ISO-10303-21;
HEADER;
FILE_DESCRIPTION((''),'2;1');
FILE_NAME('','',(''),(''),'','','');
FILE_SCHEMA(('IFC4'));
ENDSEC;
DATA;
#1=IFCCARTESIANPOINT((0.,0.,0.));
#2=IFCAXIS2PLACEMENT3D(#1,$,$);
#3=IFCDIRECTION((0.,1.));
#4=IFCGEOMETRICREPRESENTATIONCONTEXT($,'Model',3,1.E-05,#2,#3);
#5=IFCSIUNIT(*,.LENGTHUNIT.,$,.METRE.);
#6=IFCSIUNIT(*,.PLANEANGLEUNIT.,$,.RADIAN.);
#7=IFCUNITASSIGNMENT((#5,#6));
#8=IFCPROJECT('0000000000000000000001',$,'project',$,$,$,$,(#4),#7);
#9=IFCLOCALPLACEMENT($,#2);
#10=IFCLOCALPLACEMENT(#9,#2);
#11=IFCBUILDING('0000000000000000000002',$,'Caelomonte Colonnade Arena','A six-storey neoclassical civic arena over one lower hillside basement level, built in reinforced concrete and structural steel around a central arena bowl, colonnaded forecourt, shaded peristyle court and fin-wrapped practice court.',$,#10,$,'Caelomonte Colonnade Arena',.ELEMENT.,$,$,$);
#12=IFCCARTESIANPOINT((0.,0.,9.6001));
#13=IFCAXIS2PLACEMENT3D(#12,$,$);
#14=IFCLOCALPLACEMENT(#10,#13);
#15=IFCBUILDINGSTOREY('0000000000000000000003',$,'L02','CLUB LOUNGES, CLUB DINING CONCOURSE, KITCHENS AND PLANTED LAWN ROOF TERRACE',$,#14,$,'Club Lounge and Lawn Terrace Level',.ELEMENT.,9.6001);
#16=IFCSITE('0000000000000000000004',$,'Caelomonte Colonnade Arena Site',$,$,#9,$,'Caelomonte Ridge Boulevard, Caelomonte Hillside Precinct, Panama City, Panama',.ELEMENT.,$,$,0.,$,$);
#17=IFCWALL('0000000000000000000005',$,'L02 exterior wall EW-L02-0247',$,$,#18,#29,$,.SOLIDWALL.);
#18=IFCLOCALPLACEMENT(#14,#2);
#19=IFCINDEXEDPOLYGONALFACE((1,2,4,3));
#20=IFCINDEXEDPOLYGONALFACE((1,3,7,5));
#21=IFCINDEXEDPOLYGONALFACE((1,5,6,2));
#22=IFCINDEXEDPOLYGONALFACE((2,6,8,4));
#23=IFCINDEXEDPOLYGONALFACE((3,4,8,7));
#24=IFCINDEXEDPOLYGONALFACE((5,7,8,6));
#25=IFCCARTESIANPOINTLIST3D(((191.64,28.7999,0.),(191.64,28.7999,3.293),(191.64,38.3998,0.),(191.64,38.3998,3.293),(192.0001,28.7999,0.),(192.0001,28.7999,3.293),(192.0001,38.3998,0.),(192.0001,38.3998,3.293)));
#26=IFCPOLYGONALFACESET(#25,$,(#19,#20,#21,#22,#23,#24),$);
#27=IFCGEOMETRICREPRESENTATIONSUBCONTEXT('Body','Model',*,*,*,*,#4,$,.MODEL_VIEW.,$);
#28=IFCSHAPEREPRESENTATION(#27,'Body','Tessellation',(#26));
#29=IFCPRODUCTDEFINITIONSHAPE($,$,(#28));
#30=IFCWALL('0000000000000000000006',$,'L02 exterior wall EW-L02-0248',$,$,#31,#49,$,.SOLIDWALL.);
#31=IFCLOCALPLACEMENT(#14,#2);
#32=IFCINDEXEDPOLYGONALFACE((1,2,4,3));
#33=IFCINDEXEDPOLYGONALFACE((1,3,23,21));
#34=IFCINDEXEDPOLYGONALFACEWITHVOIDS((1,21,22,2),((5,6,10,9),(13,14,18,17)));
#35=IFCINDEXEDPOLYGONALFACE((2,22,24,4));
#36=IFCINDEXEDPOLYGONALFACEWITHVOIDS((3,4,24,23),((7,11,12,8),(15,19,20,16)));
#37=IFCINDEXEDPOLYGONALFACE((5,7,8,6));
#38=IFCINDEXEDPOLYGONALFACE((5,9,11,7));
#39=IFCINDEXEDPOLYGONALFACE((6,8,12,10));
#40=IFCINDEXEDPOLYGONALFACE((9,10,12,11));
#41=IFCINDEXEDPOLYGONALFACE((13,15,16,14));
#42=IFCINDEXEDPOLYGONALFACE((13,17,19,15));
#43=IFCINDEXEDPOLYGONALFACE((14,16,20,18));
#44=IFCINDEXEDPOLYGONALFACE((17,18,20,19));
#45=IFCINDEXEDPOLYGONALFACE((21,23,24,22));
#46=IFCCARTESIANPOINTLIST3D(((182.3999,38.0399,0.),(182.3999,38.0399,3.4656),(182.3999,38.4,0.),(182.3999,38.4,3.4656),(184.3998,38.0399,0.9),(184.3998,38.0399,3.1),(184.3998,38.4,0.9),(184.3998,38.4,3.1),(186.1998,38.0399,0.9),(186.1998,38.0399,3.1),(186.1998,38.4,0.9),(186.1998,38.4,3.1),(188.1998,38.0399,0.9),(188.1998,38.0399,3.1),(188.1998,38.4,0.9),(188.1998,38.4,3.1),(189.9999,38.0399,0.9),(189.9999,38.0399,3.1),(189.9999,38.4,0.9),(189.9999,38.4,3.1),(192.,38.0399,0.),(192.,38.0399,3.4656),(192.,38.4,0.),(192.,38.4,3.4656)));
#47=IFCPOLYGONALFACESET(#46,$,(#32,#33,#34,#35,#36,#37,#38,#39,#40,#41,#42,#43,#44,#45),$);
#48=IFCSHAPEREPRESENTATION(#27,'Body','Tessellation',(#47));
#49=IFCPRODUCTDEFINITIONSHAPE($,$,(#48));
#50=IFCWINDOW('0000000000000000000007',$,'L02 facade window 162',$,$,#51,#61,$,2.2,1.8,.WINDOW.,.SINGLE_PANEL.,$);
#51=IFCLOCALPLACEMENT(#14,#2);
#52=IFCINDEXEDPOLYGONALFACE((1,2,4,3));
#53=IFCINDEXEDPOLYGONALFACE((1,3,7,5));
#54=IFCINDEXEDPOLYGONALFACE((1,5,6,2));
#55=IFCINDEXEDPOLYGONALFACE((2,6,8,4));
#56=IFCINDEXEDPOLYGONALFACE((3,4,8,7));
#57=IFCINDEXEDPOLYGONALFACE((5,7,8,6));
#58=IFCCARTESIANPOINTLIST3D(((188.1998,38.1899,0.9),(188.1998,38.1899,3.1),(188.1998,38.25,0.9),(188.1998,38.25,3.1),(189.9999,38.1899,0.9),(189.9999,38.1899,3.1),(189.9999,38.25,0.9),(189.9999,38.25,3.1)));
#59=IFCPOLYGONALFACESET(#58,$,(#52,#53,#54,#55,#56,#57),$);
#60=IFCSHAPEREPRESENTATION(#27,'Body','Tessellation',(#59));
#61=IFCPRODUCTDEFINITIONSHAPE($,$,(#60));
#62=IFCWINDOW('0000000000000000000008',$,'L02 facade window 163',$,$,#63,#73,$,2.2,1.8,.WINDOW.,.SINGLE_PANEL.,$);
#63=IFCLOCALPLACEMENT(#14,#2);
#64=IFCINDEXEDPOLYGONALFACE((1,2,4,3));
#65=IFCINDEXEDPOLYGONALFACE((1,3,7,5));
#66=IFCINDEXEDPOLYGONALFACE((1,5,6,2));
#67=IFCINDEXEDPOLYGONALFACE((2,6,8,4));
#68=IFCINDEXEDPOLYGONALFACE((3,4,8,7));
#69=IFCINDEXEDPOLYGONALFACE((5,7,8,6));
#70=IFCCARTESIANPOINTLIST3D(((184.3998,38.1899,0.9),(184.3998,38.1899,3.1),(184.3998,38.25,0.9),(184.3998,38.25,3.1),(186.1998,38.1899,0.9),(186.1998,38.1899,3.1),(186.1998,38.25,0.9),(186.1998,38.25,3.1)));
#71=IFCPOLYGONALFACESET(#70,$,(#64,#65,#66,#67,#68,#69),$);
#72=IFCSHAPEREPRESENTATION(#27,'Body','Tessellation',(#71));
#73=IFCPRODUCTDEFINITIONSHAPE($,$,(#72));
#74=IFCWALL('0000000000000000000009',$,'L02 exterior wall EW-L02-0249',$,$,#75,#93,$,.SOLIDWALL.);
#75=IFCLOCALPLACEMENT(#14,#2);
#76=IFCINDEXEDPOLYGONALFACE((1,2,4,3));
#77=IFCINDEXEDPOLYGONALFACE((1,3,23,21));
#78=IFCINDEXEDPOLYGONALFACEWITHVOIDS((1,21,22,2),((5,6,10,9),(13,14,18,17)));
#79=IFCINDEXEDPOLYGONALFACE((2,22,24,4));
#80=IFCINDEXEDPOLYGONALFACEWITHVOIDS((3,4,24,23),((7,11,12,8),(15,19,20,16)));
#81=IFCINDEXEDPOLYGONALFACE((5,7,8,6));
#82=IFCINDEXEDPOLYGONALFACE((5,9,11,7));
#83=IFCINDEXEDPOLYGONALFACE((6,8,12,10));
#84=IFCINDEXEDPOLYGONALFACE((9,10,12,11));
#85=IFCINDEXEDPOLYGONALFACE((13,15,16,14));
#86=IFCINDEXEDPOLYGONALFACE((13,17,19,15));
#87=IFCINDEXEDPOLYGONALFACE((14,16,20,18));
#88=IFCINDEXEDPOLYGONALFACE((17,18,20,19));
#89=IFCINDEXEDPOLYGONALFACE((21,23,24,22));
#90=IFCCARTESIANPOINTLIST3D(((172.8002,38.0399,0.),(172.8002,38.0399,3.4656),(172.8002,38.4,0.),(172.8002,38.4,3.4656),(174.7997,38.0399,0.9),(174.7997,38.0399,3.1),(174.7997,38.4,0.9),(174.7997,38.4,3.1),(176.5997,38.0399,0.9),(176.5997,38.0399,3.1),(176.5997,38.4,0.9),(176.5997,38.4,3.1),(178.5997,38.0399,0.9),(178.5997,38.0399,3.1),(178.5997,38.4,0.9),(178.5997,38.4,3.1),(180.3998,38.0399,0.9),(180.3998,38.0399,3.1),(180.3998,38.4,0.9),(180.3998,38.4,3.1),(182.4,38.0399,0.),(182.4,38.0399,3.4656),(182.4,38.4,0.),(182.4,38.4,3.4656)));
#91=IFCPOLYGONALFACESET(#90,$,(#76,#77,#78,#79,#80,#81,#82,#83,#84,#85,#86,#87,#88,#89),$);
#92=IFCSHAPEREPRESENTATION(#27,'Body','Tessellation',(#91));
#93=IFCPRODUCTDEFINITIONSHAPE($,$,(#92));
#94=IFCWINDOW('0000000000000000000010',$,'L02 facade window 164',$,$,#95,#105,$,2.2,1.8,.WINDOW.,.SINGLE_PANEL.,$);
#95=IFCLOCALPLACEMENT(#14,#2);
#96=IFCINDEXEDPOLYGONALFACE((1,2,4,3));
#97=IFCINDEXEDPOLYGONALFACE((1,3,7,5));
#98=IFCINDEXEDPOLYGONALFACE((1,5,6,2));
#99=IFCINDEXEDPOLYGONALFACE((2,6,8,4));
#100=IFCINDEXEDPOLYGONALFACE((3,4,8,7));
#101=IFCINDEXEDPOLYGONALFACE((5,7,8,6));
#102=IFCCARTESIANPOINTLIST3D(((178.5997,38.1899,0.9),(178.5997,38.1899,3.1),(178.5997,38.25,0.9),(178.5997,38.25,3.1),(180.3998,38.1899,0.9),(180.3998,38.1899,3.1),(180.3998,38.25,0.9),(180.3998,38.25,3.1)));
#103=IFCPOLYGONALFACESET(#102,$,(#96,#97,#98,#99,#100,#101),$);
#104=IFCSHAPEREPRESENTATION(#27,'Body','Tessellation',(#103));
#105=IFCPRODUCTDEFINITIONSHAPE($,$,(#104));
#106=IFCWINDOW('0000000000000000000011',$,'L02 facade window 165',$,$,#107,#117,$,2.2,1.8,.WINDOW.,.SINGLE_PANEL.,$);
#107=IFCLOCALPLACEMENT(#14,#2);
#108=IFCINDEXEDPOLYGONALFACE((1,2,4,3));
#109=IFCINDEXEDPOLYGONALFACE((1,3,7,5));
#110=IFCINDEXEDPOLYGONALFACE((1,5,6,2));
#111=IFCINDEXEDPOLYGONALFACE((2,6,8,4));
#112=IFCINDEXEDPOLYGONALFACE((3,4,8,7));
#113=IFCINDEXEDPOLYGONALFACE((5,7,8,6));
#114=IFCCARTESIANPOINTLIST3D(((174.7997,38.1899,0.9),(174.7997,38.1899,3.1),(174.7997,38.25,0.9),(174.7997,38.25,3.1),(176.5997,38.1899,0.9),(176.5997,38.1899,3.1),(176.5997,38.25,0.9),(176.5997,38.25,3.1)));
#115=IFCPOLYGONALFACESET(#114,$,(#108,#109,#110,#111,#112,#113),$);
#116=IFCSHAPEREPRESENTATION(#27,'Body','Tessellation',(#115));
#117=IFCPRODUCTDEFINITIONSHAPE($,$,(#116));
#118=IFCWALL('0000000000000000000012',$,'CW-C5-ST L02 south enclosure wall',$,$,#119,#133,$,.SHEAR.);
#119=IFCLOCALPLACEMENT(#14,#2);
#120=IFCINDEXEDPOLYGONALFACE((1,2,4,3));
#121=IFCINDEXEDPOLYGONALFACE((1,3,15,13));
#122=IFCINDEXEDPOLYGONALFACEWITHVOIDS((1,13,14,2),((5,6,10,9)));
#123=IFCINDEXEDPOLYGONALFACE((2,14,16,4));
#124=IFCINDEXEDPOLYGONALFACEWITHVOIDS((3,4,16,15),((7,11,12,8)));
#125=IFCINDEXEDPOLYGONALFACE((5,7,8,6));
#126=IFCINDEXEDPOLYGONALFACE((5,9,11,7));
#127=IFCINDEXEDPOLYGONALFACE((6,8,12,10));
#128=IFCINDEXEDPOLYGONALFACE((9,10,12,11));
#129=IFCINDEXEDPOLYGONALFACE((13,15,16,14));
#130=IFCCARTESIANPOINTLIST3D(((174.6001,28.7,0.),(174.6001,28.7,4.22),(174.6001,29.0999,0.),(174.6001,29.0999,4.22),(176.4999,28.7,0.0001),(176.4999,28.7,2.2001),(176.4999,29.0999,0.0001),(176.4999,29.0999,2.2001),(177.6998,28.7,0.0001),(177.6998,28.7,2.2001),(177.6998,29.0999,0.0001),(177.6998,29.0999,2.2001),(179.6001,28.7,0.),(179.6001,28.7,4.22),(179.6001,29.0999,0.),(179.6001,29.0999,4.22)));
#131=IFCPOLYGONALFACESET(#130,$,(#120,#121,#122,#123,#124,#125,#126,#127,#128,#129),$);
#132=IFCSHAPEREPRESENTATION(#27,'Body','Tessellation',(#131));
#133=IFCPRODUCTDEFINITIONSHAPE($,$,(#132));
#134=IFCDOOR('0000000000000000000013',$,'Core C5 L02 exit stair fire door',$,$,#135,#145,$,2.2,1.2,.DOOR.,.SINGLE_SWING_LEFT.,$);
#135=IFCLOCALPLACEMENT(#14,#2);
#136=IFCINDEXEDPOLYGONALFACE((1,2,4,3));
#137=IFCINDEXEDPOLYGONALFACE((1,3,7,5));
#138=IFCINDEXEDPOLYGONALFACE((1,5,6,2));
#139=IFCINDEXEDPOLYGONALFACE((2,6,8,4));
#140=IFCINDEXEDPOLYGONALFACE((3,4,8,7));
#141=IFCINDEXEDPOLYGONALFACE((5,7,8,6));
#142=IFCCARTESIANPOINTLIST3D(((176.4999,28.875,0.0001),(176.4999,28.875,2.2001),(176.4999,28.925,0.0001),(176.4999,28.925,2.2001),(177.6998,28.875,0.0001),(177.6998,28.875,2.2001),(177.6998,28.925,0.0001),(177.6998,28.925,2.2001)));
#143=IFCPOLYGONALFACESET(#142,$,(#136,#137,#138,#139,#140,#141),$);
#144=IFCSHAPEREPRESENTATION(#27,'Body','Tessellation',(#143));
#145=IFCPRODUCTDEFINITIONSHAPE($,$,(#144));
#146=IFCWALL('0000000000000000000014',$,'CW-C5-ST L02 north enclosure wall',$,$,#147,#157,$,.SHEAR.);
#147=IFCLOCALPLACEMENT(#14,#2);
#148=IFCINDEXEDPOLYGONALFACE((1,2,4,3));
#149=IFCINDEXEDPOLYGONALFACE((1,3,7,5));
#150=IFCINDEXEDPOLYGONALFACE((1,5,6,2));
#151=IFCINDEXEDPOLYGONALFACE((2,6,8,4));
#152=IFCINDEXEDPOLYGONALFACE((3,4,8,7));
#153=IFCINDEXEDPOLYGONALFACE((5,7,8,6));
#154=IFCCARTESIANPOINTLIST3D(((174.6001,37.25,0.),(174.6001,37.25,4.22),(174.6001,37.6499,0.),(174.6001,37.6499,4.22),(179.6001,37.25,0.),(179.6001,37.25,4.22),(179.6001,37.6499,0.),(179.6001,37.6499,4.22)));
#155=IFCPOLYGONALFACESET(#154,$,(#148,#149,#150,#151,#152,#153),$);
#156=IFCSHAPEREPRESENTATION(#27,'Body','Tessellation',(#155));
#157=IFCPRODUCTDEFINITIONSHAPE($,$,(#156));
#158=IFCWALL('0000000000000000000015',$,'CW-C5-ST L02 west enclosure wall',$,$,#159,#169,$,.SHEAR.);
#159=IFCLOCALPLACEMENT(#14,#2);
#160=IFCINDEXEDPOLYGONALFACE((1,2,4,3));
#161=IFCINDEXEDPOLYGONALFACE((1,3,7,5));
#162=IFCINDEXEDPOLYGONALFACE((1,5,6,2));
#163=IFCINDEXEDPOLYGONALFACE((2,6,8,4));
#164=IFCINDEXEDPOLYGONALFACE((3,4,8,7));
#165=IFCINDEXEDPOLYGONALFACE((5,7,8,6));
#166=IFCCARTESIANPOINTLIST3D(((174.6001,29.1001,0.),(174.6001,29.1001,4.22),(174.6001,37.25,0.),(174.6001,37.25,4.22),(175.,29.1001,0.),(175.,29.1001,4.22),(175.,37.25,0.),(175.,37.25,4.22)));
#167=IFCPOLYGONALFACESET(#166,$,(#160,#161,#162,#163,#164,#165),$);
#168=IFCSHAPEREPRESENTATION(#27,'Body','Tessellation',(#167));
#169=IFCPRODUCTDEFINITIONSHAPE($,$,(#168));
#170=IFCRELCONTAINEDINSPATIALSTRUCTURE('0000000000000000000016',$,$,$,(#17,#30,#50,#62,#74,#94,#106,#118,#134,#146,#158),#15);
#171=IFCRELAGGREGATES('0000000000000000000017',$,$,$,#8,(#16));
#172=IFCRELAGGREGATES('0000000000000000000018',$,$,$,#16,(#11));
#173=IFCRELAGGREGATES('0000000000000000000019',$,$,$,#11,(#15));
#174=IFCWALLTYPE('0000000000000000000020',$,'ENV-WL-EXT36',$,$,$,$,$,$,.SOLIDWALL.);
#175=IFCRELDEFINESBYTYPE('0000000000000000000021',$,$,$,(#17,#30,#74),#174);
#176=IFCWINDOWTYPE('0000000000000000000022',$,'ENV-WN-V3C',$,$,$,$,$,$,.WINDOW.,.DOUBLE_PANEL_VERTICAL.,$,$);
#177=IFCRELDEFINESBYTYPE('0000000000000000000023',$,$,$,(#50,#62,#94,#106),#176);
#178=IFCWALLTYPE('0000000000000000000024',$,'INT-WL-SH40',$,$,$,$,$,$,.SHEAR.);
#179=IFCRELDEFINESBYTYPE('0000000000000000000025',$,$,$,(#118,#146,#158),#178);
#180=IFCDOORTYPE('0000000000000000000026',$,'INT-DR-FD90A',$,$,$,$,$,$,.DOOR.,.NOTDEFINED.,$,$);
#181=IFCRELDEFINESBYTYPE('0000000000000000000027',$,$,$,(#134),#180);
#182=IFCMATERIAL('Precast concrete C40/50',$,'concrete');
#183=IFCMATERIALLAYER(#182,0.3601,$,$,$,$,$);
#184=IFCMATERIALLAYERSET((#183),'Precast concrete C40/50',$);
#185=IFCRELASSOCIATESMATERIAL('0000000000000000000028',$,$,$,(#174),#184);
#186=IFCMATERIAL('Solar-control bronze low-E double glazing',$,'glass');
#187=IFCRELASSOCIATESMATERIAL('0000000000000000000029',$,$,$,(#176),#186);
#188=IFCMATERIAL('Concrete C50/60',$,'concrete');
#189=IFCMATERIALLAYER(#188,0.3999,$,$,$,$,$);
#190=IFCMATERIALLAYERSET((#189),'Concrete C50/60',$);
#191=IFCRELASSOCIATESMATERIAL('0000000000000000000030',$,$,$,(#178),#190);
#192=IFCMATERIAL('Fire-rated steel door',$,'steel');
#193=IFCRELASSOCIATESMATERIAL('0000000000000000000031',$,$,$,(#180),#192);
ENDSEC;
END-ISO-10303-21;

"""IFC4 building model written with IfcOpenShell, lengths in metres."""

from ifc_helpers import new_model, si_unit, direction, frame, frame_2d, origin, place, context, subcontext, project, spatial, rectangle, extrude, material, layer, layer_set, type_object, element, fill, save


model = new_model("IFC4")

# Units and contexts
model_context = context("Model", 3, precision=1e-05, world=origin(), true_north=direction((0.0, 1.0)))
body_context = subcontext(model_context, "Body", "Model", "MODEL_VIEW")
ifc_project = project(units=[si_unit("LENGTHUNIT", "METRE"), si_unit("PLANEANGLEUNIT", "RADIAN")], contexts=[model_context])

# Site, building, storey
site_placement = place(None, origin())
site = spatial("IfcSite", under=ifc_project, at=site_placement, Name="Caelomonte Colonnade Arena Site", LongName="Caelomonte Ridge Boulevard, Caelomonte Hillside Precinct, Panama City, Panama", CompositionType="ELEMENT", RefElevation=0.0)
building_placement = place(site_placement, origin())
building = spatial("IfcBuilding", under=site, at=building_placement, Name="Caelomonte Colonnade Arena", Description="A six-storey neoclassical civic arena over one lower hillside basement level, built in reinforced concrete and structural steel around a central arena bowl, colonnaded forecourt, shaded peristyle court and fin-wrapped practice court.", LongName="Caelomonte Colonnade Arena", CompositionType="ELEMENT")
storey_placement = place(building_placement, frame((0.0, 0.0, 9.6001)))
storey = spatial("IfcBuildingStorey", under=building, at=storey_placement, Name="L02", Description="CLUB LOUNGES, CLUB DINING CONCOURSE, KITCHENS AND PLANTED LAWN ROOF TERRACE", LongName="Club Lounge and Lawn Terrace Level", CompositionType="ELEMENT", Elevation=9.6001)

# Wall
ifc_material_1 = material(Name="Precast concrete C40/50", Category="concrete")
ifc_layer_1 = layer(ifc_material_1, 0.3601)
ifc_layer_set_1 = layer_set([ifc_layer_1], Name="Precast concrete C40/50")
wall_type_1 = type_object("IfcWallType", Name="ENV-WL-EXT36", PredefinedType="SOLIDWALL", material=ifc_layer_set_1)
wall_1_placement = place(storey_placement, frame((191.8201, 28.8, 0.0), z_axis=(0.0, 0.0, 1.0), x_axis=(0.0, 1.0, 0.0)))
element("IfcWall", 1, at=wall_1_placement, inside=storey, type_object=wall_type_1, Name="L02 exterior wall EW-L02-0247", PredefinedType="SOLIDWALL", context=body_context, shape_type="SweptSolid", body=[
    extrude(rectangle(XDim=9.5999, YDim=0.3601, at=frame_2d((4.7998, 0.0))), origin(), (0.0, 0.0, 1.0), 3.293),
])

# Walls, openings, windows
wall_2_placement = place(storey_placement, frame((192.0, 38.22, 0.0), z_axis=(0.0, 0.0, 1.0), x_axis=(-1.0, 0.0, 0.0)))
wall_2 = element("IfcWall", 2, at=wall_2_placement, inside=storey, type_object=wall_type_1, Name="L02 exterior wall EW-L02-0248", PredefinedType="SOLIDWALL", context=body_context, shape_type="SweptSolid", body=[
    extrude(rectangle(XDim=9.6001, YDim=0.3601, at=frame_2d((4.8, 0.0))), origin(), (0.0, 0.0, 1.0), 3.4656),
])
opening_1_placement = place(wall_2_placement, frame((3.8, 0.0, 0.8999), z_axis=(0.0, 0.0, 1.0), x_axis=(-1.0, 0.0, 0.0)))
opening_1 = element("IfcOpeningElement", 3, at=opening_1_placement, cuts=wall_2, PredefinedType="OPENING", context=body_context, shape_type="SweptSolid", body=[
    extrude(rectangle(XDim=1.8, YDim=2.2, at=frame_2d((0.8999, 1.1001))), frame((0.0, 0.1899, 0.0), z_axis=(0.0, -1.0, 0.0), x_axis=(1.0, 0.0, 0.0)), (0.0, 0.0, 1.0), 0.3801),
])
opening_2_placement = place(wall_2_placement, frame((7.6001, 0.0, 0.8999), z_axis=(0.0, 0.0, 1.0), x_axis=(-1.0, 0.0, 0.0)))
opening_2 = element("IfcOpeningElement", 4, at=opening_2_placement, cuts=wall_2, PredefinedType="OPENING", context=body_context, shape_type="SweptSolid", body=[
    extrude(rectangle(XDim=1.8, YDim=2.2, at=frame_2d((0.8999, 1.1001))), frame((0.0, 0.1899, 0.0), z_axis=(0.0, -1.0, 0.0), x_axis=(1.0, 0.0, 0.0)), (0.0, 0.0, 1.0), 0.3801),
])
ifc_material_2 = material(Name="Solar-control bronze low-E double glazing", Category="glass")
window_type = type_object("IfcWindowType", Name="ENV-WN-V3C", PartitioningType="DOUBLE_PANEL_VERTICAL", PredefinedType="WINDOW", material=ifc_material_2)
window_1_placement = place(opening_1_placement, origin())
window_1 = element("IfcWindow", 5, at=window_1_placement, inside=storey, type_object=window_type, Name="L02 facade window 162", OverallHeight=2.2, OverallWidth=1.8, PartitioningType="SINGLE_PANEL", PredefinedType="WINDOW", context=body_context, shape_type="SweptSolid", body=[
    extrude(rectangle(XDim=1.8, YDim=2.2, at=frame_2d((0.8999, 1.1001))), frame((0.0, 0.03, 0.0), z_axis=(0.0, -1.0, 0.0), x_axis=(1.0, 0.0, 0.0)), (0.0, 0.0, 1.0), 0.0601),
])
fill(opening_1, window_1)
window_2_placement = place(opening_2_placement, origin())
window_2 = element("IfcWindow", 6, at=window_2_placement, inside=storey, type_object=window_type, Name="L02 facade window 163", OverallHeight=2.2, OverallWidth=1.8, PartitioningType="SINGLE_PANEL", PredefinedType="WINDOW", context=body_context, shape_type="SweptSolid", body=[
    extrude(rectangle(XDim=1.8, YDim=2.2, at=frame_2d((0.8999, 1.1001))), frame((0.0, 0.03, 0.0), z_axis=(0.0, -1.0, 0.0), x_axis=(1.0, 0.0, 0.0)), (0.0, 0.0, 1.0), 0.0601),
])
fill(opening_2, window_2)
wall_3_placement = place(storey_placement, frame((182.3999, 38.22, 0.0), z_axis=(0.0, 0.0, 1.0), x_axis=(-1.0, 0.0, 0.0)))
wall_3 = element("IfcWall", 7, at=wall_3_placement, inside=storey, type_object=wall_type_1, Name="L02 exterior wall EW-L02-0249", PredefinedType="SOLIDWALL", context=body_context, shape_type="SweptSolid", body=[
    extrude(rectangle(XDim=9.5999, YDim=0.3601, at=frame_2d((4.7998, 0.0))), origin(), (0.0, 0.0, 1.0), 3.4656),
])
opening_3_placement = place(wall_3_placement, frame((3.8, 0.0, 0.8999), z_axis=(0.0, 0.0, 1.0), x_axis=(-1.0, 0.0, 0.0)))
opening_3 = element("IfcOpeningElement", 8, at=opening_3_placement, cuts=wall_3, PredefinedType="OPENING", context=body_context, shape_type="SweptSolid", body=[
    extrude(rectangle(XDim=1.8, YDim=2.2, at=frame_2d((0.8999, 1.1001))), frame((0.0, 0.1899, 0.0), z_axis=(0.0, -1.0, 0.0), x_axis=(1.0, 0.0, 0.0)), (0.0, 0.0, 1.0), 0.3801),
])
opening_4_placement = place(wall_3_placement, frame((7.6001, 0.0, 0.8999), z_axis=(0.0, 0.0, 1.0), x_axis=(-1.0, 0.0, 0.0)))
opening_4 = element("IfcOpeningElement", 9, at=opening_4_placement, cuts=wall_3, PredefinedType="OPENING", context=body_context, shape_type="SweptSolid", body=[
    extrude(rectangle(XDim=1.8, YDim=2.2, at=frame_2d((0.8999, 1.1001))), frame((0.0, 0.1899, 0.0), z_axis=(0.0, -1.0, 0.0), x_axis=(1.0, 0.0, 0.0)), (0.0, 0.0, 1.0), 0.3801),
])
window_3_placement = place(opening_3_placement, origin())
window_3 = element("IfcWindow", 10, at=window_3_placement, inside=storey, type_object=window_type, Name="L02 facade window 164", OverallHeight=2.2, OverallWidth=1.8, PartitioningType="SINGLE_PANEL", PredefinedType="WINDOW", context=body_context, shape_type="SweptSolid", body=[
    extrude(rectangle(XDim=1.8, YDim=2.2, at=frame_2d((0.8999, 1.1001))), frame((0.0, 0.03, 0.0), z_axis=(0.0, -1.0, 0.0), x_axis=(1.0, 0.0, 0.0)), (0.0, 0.0, 1.0), 0.0601),
])
fill(opening_3, window_3)
window_4_placement = place(opening_4_placement, origin())
window_4 = element("IfcWindow", 11, at=window_4_placement, inside=storey, type_object=window_type, Name="L02 facade window 165", OverallHeight=2.2, OverallWidth=1.8, PartitioningType="SINGLE_PANEL", PredefinedType="WINDOW", context=body_context, shape_type="SweptSolid", body=[
    extrude(rectangle(XDim=1.8, YDim=2.2, at=frame_2d((0.8999, 1.1001))), frame((0.0, 0.03, 0.0), z_axis=(0.0, -1.0, 0.0), x_axis=(1.0, 0.0, 0.0)), (0.0, 0.0, 1.0), 0.0601),
])
fill(opening_4, window_4)

# Wall, opening, door
ifc_material_3 = material(Name="Concrete C50/60", Category="concrete")
ifc_layer_2 = layer(ifc_material_3, 0.3999)
ifc_layer_set_2 = layer_set([ifc_layer_2], Name="Concrete C50/60")
wall_type_2 = type_object("IfcWallType", Name="INT-WL-SH40", PredefinedType="SHEAR", material=ifc_layer_set_2)
wall_4_placement = place(storey_placement, frame((174.6001, 28.8999, 0.0), z_axis=(0.0, 0.0, 1.0), x_axis=(1.0, 0.0, 0.0)))
wall_4 = element("IfcWall", 12, at=wall_4_placement, inside=storey, type_object=wall_type_2, Name="CW-C5-ST L02 south enclosure wall", PredefinedType="SHEAR", context=body_context, shape_type="SweptSolid", body=[
    extrude(rectangle(XDim=5.0, YDim=0.3999, at=frame_2d((2.5, 0.0))), origin(), (0.0, 0.0, 1.0), 4.22),
])
opening_5_placement = place(wall_4_placement, frame((3.0999, 0.0, 0.0), z_axis=(0.0, 0.0, 1.0), x_axis=(-1.0, 0.0, 0.0)))
opening_5 = element("IfcOpeningElement", 13, at=opening_5_placement, cuts=wall_4, PredefinedType="OPENING", context=body_context, shape_type="SweptSolid", body=[
    extrude(rectangle(XDim=1.2, YDim=2.2, at=frame_2d((0.6001, 1.1001))), frame((0.0, 0.21, 0.0), z_axis=(0.0, -1.0, 0.0), x_axis=(1.0, 0.0, 0.0)), (0.0, 0.0, 1.0), 0.4199),
])
ifc_material_4 = material(Name="Fire-rated steel door", Category="steel")
door_type = type_object("IfcDoorType", Name="INT-DR-FD90A", OperationType="NOTDEFINED", PredefinedType="DOOR", material=ifc_material_4)
door_placement = place(opening_5_placement, origin())
door = element("IfcDoor", 14, at=door_placement, inside=storey, type_object=door_type, Name="Core C5 L02 exit stair fire door", OperationType="SINGLE_SWING_LEFT", OverallHeight=2.2, OverallWidth=1.2, PredefinedType="DOOR", context=body_context, shape_type="SweptSolid", body=[
    extrude(rectangle(XDim=1.2, YDim=2.2, at=frame_2d((0.6001, 1.1001))), frame((0.0, 0.0249, 0.0), z_axis=(0.0, -1.0, 0.0), x_axis=(1.0, 0.0, 0.0)), (0.0, 0.0, 1.0), 0.05),
])
fill(opening_5, door)

# Walls
wall_5_placement = place(storey_placement, frame((179.6001, 37.45, 0.0), z_axis=(0.0, 0.0, 1.0), x_axis=(-1.0, 0.0, 0.0)))
element("IfcWall", 15, at=wall_5_placement, inside=storey, type_object=wall_type_2, Name="CW-C5-ST L02 north enclosure wall", PredefinedType="SHEAR", context=body_context, shape_type="SweptSolid", body=[
    extrude(rectangle(XDim=5.0, YDim=0.3999, at=frame_2d((2.5, 0.0))), origin(), (0.0, 0.0, 1.0), 4.22),
])
for number, where, z_axis, x_axis, name in (
    (16, (174.8, 37.25, 0.0), (0.0, 0.0, 1.0), (0.0, -1.0, 0.0), "CW-C5-ST L02 west enclosure wall"),
):
    element("IfcWall", number, at=place(storey_placement, frame(where, z_axis=z_axis, x_axis=x_axis)), inside=storey, type_object=wall_type_2, Name=name, PredefinedType="SHEAR", context=body_context, shape_type="SweptSolid", body=[
        extrude(rectangle(XDim=8.1499, YDim=0.3999, at=frame_2d((4.075, 0.0))), origin(), (0.0, 0.0, 1.0), 4.22),
    ])

save(model, "model.ifc")
